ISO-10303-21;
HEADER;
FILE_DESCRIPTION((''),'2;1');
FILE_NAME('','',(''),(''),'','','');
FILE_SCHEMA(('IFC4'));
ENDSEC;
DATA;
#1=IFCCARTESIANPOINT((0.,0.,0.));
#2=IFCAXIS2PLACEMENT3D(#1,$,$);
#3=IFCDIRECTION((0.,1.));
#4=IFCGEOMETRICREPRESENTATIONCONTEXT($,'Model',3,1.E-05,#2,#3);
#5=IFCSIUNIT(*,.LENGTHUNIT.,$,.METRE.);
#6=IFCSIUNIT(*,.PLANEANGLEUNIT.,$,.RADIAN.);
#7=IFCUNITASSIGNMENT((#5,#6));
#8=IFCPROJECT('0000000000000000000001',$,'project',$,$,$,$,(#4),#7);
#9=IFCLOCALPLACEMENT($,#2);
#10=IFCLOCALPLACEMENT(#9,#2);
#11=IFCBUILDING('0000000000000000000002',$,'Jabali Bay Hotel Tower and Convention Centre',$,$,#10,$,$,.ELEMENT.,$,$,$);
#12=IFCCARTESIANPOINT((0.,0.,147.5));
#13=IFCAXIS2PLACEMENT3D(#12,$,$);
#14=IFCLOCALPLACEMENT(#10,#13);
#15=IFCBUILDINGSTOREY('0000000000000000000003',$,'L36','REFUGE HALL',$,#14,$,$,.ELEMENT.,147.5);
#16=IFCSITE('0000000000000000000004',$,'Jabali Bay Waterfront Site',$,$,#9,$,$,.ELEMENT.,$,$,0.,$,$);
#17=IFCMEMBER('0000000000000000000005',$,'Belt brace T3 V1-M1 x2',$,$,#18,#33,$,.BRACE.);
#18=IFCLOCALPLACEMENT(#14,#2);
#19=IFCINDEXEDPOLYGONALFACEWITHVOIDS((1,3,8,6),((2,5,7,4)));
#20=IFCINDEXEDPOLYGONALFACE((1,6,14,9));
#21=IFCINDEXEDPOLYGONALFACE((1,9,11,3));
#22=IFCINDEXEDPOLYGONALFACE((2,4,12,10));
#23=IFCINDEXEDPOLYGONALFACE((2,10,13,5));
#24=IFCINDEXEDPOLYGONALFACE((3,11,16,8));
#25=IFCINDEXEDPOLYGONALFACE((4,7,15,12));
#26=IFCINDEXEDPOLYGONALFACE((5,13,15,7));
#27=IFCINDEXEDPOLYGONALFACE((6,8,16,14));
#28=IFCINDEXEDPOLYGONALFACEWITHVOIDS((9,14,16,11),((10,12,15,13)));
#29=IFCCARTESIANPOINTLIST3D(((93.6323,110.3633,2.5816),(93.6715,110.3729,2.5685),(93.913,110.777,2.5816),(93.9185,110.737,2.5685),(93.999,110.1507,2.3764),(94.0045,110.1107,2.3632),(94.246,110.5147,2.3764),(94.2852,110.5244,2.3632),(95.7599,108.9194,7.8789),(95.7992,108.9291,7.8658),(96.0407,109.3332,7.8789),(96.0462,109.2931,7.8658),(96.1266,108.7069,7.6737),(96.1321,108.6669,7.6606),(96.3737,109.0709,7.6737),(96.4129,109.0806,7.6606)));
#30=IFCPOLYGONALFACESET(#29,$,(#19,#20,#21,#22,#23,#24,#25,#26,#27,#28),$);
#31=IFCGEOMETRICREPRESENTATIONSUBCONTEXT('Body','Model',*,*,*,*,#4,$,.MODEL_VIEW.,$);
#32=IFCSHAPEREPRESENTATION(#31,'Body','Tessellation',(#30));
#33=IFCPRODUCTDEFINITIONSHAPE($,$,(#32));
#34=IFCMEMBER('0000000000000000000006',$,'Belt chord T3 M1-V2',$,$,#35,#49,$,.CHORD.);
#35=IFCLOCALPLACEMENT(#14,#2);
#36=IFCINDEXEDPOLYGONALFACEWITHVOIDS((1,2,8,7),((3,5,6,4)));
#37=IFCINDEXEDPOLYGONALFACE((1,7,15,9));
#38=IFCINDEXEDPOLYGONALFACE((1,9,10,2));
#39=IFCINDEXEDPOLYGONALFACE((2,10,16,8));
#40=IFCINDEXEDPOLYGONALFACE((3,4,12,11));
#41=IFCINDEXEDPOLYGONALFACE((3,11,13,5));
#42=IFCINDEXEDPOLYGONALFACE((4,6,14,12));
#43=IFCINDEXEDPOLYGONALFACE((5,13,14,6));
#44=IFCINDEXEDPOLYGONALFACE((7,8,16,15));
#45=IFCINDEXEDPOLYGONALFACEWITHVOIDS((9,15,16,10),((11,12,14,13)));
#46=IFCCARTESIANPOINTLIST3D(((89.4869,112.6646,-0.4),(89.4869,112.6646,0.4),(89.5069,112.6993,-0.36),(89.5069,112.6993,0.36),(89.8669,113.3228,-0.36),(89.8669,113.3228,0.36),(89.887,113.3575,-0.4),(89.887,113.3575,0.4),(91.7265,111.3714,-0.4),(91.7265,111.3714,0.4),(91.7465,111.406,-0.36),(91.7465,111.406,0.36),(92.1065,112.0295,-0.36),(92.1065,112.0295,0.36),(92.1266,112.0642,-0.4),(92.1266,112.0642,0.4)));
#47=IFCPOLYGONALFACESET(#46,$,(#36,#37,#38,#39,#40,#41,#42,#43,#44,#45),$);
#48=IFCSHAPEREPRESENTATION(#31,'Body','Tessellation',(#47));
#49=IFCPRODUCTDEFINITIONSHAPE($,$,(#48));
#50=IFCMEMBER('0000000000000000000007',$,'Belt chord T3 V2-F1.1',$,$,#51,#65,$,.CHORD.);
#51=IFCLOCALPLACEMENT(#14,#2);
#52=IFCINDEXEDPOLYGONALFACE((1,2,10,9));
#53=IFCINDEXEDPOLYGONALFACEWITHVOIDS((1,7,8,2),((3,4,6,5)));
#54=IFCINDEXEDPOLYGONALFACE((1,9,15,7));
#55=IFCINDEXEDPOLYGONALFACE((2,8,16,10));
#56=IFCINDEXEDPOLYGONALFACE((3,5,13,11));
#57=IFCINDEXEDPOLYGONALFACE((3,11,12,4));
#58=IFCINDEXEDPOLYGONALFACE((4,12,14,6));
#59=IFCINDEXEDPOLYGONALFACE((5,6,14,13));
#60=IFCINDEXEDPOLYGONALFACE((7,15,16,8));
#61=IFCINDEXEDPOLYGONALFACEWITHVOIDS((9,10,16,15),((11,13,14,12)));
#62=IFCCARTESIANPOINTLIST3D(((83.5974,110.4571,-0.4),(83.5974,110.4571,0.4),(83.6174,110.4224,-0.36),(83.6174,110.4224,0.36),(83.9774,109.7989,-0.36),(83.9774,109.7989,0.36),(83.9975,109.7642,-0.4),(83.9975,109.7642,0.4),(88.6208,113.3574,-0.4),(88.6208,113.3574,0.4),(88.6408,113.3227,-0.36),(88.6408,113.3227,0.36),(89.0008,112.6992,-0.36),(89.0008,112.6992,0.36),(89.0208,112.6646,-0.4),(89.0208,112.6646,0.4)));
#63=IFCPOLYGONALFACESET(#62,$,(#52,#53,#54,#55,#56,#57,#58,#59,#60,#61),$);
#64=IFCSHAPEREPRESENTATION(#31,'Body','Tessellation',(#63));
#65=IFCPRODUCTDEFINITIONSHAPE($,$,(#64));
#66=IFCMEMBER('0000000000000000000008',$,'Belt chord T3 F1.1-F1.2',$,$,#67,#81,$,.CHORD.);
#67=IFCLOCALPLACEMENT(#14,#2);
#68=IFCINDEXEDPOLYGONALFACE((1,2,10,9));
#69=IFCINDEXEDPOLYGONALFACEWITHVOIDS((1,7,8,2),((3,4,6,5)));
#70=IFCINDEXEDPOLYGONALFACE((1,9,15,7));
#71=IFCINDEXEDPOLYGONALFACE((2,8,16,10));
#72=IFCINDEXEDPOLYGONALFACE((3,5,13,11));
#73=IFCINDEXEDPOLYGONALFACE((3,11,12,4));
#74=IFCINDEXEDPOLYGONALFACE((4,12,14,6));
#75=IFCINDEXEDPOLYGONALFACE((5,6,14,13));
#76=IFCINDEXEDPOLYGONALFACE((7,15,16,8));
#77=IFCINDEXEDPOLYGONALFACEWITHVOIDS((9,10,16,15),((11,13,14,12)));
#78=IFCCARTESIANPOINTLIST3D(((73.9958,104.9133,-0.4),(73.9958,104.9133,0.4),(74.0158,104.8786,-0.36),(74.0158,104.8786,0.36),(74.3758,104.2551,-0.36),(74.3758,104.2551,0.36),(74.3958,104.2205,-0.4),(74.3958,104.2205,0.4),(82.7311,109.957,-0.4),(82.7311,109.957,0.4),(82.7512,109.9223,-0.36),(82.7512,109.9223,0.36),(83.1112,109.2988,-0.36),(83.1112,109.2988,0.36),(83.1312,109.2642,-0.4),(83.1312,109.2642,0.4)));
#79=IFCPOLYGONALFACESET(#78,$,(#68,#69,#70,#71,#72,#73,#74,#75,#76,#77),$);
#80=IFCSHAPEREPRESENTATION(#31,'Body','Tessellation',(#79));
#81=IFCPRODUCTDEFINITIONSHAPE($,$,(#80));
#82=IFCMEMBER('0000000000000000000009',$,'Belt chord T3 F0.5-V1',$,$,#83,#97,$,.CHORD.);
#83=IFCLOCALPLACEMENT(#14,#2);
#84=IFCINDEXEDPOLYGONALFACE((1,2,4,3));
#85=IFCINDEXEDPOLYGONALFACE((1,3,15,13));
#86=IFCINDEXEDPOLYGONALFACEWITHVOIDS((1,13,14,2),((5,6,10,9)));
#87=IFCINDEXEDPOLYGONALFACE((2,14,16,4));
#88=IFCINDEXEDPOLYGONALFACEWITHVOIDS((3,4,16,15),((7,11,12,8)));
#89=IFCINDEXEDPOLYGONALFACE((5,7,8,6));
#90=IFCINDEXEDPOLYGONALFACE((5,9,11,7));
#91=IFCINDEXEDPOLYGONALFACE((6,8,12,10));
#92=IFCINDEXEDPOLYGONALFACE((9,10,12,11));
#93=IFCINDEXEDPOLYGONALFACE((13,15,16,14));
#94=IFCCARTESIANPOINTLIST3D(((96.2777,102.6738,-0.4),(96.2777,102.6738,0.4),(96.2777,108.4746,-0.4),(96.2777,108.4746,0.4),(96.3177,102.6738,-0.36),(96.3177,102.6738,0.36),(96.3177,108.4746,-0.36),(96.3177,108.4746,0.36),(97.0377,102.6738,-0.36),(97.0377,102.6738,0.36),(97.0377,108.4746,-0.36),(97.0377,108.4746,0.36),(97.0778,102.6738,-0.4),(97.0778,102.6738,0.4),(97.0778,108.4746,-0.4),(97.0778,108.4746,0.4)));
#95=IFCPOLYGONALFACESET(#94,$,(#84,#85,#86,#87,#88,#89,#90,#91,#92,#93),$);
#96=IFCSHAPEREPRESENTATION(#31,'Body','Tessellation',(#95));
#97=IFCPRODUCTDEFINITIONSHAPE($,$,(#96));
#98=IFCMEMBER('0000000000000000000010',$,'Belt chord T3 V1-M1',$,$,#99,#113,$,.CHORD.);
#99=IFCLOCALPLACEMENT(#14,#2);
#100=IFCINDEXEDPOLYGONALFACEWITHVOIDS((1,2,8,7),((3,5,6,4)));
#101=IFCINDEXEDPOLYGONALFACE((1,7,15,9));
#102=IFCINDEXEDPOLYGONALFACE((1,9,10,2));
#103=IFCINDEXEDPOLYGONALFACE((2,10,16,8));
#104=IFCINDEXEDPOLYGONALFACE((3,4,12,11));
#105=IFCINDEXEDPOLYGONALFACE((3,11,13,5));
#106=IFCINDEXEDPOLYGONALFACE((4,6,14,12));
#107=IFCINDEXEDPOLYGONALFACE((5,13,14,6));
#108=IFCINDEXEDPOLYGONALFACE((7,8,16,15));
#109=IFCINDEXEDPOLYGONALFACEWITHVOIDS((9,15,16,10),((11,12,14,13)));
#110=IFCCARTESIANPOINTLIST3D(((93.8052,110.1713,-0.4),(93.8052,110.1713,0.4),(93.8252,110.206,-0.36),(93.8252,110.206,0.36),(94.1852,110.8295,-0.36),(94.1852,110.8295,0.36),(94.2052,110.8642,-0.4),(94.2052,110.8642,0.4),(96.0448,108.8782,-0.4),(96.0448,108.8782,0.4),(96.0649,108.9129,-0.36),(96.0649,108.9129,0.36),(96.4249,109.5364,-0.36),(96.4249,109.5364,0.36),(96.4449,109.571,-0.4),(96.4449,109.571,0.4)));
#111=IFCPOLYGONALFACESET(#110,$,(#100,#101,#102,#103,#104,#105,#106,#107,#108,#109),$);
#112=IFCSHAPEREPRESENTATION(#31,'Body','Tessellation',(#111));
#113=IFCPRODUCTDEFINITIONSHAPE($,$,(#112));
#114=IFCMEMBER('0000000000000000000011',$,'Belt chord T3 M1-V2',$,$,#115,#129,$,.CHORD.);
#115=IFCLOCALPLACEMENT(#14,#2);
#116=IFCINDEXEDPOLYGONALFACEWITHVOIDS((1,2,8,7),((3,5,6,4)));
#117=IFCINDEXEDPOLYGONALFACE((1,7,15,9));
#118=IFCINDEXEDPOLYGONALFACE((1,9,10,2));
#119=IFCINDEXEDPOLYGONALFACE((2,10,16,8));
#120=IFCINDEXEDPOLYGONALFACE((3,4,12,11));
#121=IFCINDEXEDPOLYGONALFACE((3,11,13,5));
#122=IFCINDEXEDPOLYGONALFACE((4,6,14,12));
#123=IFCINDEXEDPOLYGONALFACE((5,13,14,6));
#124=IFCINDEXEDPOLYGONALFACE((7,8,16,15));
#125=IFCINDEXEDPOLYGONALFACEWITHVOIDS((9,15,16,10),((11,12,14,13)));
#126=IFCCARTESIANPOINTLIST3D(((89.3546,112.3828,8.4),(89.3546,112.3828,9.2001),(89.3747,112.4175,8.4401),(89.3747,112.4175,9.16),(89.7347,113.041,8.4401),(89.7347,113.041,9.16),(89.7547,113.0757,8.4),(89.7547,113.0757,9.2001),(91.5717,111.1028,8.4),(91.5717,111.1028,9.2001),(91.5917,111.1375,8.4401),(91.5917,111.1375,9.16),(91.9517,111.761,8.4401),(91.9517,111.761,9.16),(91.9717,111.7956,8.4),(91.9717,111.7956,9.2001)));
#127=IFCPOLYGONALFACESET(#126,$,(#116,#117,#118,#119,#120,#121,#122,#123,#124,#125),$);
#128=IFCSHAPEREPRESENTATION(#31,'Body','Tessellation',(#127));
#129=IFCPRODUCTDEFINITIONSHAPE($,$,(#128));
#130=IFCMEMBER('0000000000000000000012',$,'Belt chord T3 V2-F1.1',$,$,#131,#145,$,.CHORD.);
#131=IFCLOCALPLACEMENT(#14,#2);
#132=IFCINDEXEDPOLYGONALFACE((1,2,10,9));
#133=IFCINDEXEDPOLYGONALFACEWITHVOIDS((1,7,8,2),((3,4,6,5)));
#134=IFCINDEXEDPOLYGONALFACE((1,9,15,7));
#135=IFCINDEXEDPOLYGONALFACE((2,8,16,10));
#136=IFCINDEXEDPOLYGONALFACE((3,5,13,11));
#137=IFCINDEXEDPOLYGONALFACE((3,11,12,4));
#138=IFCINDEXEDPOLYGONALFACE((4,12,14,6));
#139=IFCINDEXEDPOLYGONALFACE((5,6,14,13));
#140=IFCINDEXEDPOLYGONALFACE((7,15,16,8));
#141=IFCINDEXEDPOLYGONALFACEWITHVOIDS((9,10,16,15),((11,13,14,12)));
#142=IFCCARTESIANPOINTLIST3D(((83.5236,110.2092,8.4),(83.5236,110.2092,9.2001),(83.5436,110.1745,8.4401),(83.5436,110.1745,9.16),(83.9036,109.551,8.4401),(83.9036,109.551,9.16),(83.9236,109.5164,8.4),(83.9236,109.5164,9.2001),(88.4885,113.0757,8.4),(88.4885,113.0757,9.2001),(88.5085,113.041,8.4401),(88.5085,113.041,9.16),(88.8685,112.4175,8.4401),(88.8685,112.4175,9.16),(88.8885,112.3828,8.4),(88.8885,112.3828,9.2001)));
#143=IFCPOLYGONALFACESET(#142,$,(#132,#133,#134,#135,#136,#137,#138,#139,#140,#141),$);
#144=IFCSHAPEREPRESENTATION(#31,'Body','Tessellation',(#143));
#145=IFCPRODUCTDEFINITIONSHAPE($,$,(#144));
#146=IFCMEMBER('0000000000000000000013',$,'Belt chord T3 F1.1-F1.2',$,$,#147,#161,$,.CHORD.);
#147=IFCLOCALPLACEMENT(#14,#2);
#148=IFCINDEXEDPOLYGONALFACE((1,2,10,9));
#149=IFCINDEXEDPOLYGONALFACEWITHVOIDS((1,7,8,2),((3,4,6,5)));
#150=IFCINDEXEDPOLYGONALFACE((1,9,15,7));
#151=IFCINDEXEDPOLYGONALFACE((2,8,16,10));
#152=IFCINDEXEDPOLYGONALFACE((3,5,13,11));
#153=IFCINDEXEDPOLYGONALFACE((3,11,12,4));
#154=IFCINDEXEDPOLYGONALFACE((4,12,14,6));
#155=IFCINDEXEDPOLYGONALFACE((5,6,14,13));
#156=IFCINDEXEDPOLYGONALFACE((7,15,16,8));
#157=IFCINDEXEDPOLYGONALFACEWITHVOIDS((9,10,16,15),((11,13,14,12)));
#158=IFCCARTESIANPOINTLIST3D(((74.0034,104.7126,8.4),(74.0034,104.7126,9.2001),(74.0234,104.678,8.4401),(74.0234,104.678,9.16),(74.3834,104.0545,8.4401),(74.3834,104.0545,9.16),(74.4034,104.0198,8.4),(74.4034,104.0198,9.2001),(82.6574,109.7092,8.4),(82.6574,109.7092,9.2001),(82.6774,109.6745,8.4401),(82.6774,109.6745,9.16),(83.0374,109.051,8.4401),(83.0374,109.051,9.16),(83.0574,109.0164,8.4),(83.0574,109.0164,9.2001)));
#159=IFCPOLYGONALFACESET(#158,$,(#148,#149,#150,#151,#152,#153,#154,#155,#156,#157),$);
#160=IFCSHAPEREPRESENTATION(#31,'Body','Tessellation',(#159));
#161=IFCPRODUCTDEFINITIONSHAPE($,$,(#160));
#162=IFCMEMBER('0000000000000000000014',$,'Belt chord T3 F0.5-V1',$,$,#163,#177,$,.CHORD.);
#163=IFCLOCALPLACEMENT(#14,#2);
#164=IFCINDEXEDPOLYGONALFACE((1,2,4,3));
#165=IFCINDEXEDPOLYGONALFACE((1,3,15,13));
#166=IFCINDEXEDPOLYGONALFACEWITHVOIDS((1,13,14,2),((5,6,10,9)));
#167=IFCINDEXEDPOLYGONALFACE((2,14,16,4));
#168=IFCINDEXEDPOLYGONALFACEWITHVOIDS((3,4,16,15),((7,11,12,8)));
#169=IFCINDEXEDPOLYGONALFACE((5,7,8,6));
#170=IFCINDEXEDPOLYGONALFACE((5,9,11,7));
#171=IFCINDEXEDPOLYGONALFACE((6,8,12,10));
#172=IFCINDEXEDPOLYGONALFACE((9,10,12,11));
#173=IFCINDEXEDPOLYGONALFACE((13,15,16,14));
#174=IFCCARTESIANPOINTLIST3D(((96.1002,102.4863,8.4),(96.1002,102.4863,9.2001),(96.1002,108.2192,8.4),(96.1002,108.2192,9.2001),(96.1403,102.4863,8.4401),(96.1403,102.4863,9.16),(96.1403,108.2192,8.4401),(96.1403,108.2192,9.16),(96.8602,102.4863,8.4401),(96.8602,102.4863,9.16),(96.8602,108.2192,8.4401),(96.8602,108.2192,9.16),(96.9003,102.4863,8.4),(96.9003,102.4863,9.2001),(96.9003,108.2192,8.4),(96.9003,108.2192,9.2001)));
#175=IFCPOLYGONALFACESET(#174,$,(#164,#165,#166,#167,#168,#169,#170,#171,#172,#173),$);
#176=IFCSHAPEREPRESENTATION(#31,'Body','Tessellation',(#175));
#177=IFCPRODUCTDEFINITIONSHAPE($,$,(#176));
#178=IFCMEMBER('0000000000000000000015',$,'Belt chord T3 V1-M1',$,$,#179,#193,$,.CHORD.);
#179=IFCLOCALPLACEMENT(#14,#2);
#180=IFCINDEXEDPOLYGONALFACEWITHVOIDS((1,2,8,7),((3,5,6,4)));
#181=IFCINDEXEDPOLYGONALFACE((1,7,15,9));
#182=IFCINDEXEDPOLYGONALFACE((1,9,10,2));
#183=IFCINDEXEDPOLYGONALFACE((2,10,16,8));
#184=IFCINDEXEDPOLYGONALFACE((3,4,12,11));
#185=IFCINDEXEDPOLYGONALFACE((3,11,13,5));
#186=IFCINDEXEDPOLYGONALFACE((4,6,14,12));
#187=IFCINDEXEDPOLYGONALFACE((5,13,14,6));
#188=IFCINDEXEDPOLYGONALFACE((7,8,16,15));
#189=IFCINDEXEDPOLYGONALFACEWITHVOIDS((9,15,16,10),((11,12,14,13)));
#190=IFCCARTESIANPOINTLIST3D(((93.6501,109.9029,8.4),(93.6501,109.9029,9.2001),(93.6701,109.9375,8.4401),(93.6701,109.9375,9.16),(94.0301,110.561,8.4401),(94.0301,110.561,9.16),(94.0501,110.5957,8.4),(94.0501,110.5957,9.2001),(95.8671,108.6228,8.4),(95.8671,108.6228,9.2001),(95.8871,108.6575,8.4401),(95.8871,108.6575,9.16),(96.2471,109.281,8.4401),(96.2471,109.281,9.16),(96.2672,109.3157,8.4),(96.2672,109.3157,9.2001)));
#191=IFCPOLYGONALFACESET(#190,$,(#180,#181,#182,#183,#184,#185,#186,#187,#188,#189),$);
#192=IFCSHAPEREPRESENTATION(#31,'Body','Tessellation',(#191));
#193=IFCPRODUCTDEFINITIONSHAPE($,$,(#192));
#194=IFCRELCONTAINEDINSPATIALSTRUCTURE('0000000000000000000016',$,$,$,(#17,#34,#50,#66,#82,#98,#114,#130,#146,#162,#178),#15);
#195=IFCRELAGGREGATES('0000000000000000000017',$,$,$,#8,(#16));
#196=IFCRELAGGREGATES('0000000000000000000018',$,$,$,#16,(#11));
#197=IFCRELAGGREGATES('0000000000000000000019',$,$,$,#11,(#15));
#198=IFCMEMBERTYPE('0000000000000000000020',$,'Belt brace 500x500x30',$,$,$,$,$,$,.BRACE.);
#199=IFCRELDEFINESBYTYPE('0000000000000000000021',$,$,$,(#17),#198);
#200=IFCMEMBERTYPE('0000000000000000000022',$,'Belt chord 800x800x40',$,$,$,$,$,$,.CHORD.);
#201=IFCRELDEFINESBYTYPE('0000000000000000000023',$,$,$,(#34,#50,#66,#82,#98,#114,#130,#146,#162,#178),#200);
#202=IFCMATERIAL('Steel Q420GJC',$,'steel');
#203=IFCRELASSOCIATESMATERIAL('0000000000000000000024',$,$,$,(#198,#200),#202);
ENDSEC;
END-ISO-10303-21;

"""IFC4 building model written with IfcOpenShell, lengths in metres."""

from ifc_helpers import new_model, si_unit, direction, frame, origin, origin_2d, place, context, subcontext, project, spatial, hollow_rectangle, extrude, material, material_profile, profile_set, type_object, element, save


model = new_model("IFC4")

# Units and contexts
model_context = context("Model", 3, precision=1e-05, world=origin(), true_north=direction((0.0, 1.0)))
body_context = subcontext(model_context, "Body", "Model", "MODEL_VIEW")
ifc_project = project(units=[si_unit("LENGTHUNIT", "METRE"), si_unit("PLANEANGLEUNIT", "RADIAN")], contexts=[model_context])

# Site, building, storey
site_placement = place(None, origin())
site = spatial("IfcSite", under=ifc_project, at=site_placement, Name="Jabali Bay Waterfront Site", CompositionType="ELEMENT", RefElevation=0.0)
building_placement = place(site_placement, origin())
building = spatial("IfcBuilding", under=site, at=building_placement, Name="Jabali Bay Hotel Tower and Convention Centre", CompositionType="ELEMENT")
storey_placement = place(building_placement, frame((0.0, 0.0, 147.5)))
storey = spatial("IfcBuildingStorey", under=building, at=storey_placement, Name="L36", Description="REFUGE HALL", CompositionType="ELEMENT", Elevation=147.5)

# Members
ifc_material_1 = material(Name="Steel Q420GJC", Category="steel")
ifc_material_profile_1 = material_profile(ifc_material_1, hollow_rectangle(XDim=0.5, YDim=0.5, WallThickness=0.03, at=origin_2d()), Name="Belt brace 500x500x30")
ifc_profile_set_1 = profile_set([ifc_material_profile_1], Name="Steel Q420GJC")
member_type_1 = type_object("IfcMemberType", Name="Belt brace 500x500x30", PredefinedType="BRACE", material=ifc_profile_set_1)
member_1_placement = place(storey_placement, frame((93.9587, 110.4438, 2.4724), z_axis=(0.361332, -0.2452, 0.89962), x_axis=(0.561518, 0.827465, 0.0)))
element("IfcMember", 1, at=member_1_placement, inside=storey, type_object=member_type_1, Name="Belt brace T3 V1-M1 x2", PredefinedType="BRACE", context=body_context, shape_type="SweptSolid", body=[
    extrude(hollow_rectangle(XDim=0.5, YDim=0.5, WallThickness=0.03, at=origin_2d()), origin(), (0.0, 0.0, 1.0), 5.8884),
])
ifc_material_profile_2 = material_profile(ifc_material_1, hollow_rectangle(XDim=0.8, YDim=0.8, WallThickness=0.04, at=origin_2d()), Name="Belt chord 800x800x40")
ifc_profile_set_2 = profile_set([ifc_material_profile_2], Name="Steel Q420GJC")
member_type_2 = type_object("IfcMemberType", Name="Belt chord 800x800x40", PredefinedType="CHORD", material=ifc_profile_set_2)
member_2_placement = place(storey_placement, frame((91.9265, 111.7178, 0.0), z_axis=(-0.865986, 0.500068, 0.0), x_axis=(-0.500068, -0.865986, 0.0)))
element("IfcMember", 2, at=member_2_placement, inside=storey, type_object=member_type_2, Name="Belt chord T3 M1-V2", PredefinedType="CHORD", context=body_context, shape_type="SweptSolid", body=[
    extrude(hollow_rectangle(XDim=0.8, YDim=0.8, WallThickness=0.04, at=origin_2d()), origin(), (0.0, 0.0, 1.0), 2.5862),
])
member_3_placement = place(storey_placement, frame((88.8208, 113.011, 0.0), z_axis=(-0.866017, -0.500014, 0.0), x_axis=(0.500014, -0.866017, 0.0)))
element("IfcMember", 3, at=member_3_placement, inside=storey, type_object=member_type_2, Name="Belt chord T3 V2-F1.1", PredefinedType="CHORD", context=body_context, shape_type="SweptSolid", body=[
    extrude(hollow_rectangle(XDim=0.8, YDim=0.8, WallThickness=0.04, at=origin_2d()), origin(), (0.0, 0.0, 1.0), 5.8005),
])
member_4_placement = place(storey_placement, frame((82.9312, 109.6106, 0.0), z_axis=(-0.866011, -0.500026, 0.0), x_axis=(0.500026, -0.866011, 0.0)))
element("IfcMember", 4, at=member_4_placement, inside=storey, type_object=member_type_2, Name="Belt chord T3 F1.1-F1.2", PredefinedType="CHORD", context=body_context, shape_type="SweptSolid", body=[
    extrude(hollow_rectangle(XDim=0.8, YDim=0.8, WallThickness=0.04, at=origin_2d()), origin(), (0.0, 0.0, 1.0), 10.0869),
])
member_5_placement = place(storey_placement, frame((96.6777, 102.6738, 0.0), z_axis=(0.0, 1.0, 0.0), x_axis=(-1.0, 0.0, 0.0)))
element("IfcMember", 5, at=member_5_placement, inside=storey, type_object=member_type_2, Name="Belt chord T3 F0.5-V1", PredefinedType="CHORD", context=body_context, shape_type="SweptSolid", body=[
    extrude(hollow_rectangle(XDim=0.8, YDim=0.8, WallThickness=0.04, at=origin_2d()), origin(), (0.0, 0.0, 1.0), 5.8008),
])
member_6_placement = place(storey_placement, frame((96.2449, 109.2246, 0.0), z_axis=(-0.86601, 0.500028, 0.0), x_axis=(-0.500028, -0.86601, 0.0)))
element("IfcMember", 6, at=member_6_placement, inside=storey, type_object=member_type_2, Name="Belt chord T3 V1-M1", PredefinedType="CHORD", context=body_context, shape_type="SweptSolid", body=[
    extrude(hollow_rectangle(XDim=0.8, YDim=0.8, WallThickness=0.04, at=origin_2d()), origin(), (0.0, 0.0, 1.0), 2.5862),
])
member_7_placement = place(storey_placement, frame((91.7717, 111.4492, 8.8), z_axis=(-0.866022, 0.500006, 0.0), x_axis=(-0.500006, -0.866022, 0.0)))
element("IfcMember", 7, at=member_7_placement, inside=storey, type_object=member_type_2, Name="Belt chord T3 M1-V2", PredefinedType="CHORD", context=body_context, shape_type="SweptSolid", body=[
    extrude(hollow_rectangle(XDim=0.8, YDim=0.8, WallThickness=0.04, at=origin_2d()), origin(), (0.0, 0.0, 1.0), 2.5601),
])
member_8_placement = place(storey_placement, frame((88.6885, 112.7292, 8.8), z_axis=(-0.866025, -0.5, 0.0), x_axis=(0.5, -0.866025, 0.0)))
element("IfcMember", 8, at=member_8_placement, inside=storey, type_object=member_type_2, Name="Belt chord T3 V2-F1.1", PredefinedType="CHORD", context=body_context, shape_type="SweptSolid", body=[
    extrude(hollow_rectangle(XDim=0.8, YDim=0.8, WallThickness=0.04, at=origin_2d()), origin(), (0.0, 0.0, 1.0), 5.7329),
])
member_9_placement = place(storey_placement, frame((82.8574, 109.3628, 8.8), z_axis=(-0.866018, -0.500012, 0.0), x_axis=(0.500012, -0.866018, 0.0)))
element("IfcMember", 9, at=member_9_placement, inside=storey, type_object=member_type_2, Name="Belt chord T3 F1.1-F1.2", PredefinedType="CHORD", context=body_context, shape_type="SweptSolid", body=[
    extrude(hollow_rectangle(XDim=0.8, YDim=0.8, WallThickness=0.04, at=origin_2d()), origin(), (0.0, 0.0, 1.0), 9.9929),
])
member_10_placement = place(storey_placement, frame((96.5002, 102.4863, 8.8), z_axis=(0.0, 1.0, 0.0), x_axis=(-1.0, 0.0, 0.0)))
element("IfcMember", 10, at=member_10_placement, inside=storey, type_object=member_type_2, Name="Belt chord T3 F0.5-V1", PredefinedType="CHORD", context=body_context, shape_type="SweptSolid", body=[
    extrude(hollow_rectangle(XDim=0.8, YDim=0.8, WallThickness=0.04, at=origin_2d()), origin(), (0.0, 0.0, 1.0), 5.7329),
])
member_11_placement = place(storey_placement, frame((96.0671, 108.9692, 8.8), z_axis=(-0.866022, 0.500006, 0.0), x_axis=(-0.500006, -0.866022, 0.0)))
element("IfcMember", 11, at=member_11_placement, inside=storey, type_object=member_type_2, Name="Belt chord T3 V1-M1", PredefinedType="CHORD", context=body_context, shape_type="SweptSolid", body=[
    extrude(hollow_rectangle(XDim=0.8, YDim=0.8, WallThickness=0.04, at=origin_2d()), origin(), (0.0, 0.0, 1.0), 2.5601),
])

save(model, "model.ifc")
